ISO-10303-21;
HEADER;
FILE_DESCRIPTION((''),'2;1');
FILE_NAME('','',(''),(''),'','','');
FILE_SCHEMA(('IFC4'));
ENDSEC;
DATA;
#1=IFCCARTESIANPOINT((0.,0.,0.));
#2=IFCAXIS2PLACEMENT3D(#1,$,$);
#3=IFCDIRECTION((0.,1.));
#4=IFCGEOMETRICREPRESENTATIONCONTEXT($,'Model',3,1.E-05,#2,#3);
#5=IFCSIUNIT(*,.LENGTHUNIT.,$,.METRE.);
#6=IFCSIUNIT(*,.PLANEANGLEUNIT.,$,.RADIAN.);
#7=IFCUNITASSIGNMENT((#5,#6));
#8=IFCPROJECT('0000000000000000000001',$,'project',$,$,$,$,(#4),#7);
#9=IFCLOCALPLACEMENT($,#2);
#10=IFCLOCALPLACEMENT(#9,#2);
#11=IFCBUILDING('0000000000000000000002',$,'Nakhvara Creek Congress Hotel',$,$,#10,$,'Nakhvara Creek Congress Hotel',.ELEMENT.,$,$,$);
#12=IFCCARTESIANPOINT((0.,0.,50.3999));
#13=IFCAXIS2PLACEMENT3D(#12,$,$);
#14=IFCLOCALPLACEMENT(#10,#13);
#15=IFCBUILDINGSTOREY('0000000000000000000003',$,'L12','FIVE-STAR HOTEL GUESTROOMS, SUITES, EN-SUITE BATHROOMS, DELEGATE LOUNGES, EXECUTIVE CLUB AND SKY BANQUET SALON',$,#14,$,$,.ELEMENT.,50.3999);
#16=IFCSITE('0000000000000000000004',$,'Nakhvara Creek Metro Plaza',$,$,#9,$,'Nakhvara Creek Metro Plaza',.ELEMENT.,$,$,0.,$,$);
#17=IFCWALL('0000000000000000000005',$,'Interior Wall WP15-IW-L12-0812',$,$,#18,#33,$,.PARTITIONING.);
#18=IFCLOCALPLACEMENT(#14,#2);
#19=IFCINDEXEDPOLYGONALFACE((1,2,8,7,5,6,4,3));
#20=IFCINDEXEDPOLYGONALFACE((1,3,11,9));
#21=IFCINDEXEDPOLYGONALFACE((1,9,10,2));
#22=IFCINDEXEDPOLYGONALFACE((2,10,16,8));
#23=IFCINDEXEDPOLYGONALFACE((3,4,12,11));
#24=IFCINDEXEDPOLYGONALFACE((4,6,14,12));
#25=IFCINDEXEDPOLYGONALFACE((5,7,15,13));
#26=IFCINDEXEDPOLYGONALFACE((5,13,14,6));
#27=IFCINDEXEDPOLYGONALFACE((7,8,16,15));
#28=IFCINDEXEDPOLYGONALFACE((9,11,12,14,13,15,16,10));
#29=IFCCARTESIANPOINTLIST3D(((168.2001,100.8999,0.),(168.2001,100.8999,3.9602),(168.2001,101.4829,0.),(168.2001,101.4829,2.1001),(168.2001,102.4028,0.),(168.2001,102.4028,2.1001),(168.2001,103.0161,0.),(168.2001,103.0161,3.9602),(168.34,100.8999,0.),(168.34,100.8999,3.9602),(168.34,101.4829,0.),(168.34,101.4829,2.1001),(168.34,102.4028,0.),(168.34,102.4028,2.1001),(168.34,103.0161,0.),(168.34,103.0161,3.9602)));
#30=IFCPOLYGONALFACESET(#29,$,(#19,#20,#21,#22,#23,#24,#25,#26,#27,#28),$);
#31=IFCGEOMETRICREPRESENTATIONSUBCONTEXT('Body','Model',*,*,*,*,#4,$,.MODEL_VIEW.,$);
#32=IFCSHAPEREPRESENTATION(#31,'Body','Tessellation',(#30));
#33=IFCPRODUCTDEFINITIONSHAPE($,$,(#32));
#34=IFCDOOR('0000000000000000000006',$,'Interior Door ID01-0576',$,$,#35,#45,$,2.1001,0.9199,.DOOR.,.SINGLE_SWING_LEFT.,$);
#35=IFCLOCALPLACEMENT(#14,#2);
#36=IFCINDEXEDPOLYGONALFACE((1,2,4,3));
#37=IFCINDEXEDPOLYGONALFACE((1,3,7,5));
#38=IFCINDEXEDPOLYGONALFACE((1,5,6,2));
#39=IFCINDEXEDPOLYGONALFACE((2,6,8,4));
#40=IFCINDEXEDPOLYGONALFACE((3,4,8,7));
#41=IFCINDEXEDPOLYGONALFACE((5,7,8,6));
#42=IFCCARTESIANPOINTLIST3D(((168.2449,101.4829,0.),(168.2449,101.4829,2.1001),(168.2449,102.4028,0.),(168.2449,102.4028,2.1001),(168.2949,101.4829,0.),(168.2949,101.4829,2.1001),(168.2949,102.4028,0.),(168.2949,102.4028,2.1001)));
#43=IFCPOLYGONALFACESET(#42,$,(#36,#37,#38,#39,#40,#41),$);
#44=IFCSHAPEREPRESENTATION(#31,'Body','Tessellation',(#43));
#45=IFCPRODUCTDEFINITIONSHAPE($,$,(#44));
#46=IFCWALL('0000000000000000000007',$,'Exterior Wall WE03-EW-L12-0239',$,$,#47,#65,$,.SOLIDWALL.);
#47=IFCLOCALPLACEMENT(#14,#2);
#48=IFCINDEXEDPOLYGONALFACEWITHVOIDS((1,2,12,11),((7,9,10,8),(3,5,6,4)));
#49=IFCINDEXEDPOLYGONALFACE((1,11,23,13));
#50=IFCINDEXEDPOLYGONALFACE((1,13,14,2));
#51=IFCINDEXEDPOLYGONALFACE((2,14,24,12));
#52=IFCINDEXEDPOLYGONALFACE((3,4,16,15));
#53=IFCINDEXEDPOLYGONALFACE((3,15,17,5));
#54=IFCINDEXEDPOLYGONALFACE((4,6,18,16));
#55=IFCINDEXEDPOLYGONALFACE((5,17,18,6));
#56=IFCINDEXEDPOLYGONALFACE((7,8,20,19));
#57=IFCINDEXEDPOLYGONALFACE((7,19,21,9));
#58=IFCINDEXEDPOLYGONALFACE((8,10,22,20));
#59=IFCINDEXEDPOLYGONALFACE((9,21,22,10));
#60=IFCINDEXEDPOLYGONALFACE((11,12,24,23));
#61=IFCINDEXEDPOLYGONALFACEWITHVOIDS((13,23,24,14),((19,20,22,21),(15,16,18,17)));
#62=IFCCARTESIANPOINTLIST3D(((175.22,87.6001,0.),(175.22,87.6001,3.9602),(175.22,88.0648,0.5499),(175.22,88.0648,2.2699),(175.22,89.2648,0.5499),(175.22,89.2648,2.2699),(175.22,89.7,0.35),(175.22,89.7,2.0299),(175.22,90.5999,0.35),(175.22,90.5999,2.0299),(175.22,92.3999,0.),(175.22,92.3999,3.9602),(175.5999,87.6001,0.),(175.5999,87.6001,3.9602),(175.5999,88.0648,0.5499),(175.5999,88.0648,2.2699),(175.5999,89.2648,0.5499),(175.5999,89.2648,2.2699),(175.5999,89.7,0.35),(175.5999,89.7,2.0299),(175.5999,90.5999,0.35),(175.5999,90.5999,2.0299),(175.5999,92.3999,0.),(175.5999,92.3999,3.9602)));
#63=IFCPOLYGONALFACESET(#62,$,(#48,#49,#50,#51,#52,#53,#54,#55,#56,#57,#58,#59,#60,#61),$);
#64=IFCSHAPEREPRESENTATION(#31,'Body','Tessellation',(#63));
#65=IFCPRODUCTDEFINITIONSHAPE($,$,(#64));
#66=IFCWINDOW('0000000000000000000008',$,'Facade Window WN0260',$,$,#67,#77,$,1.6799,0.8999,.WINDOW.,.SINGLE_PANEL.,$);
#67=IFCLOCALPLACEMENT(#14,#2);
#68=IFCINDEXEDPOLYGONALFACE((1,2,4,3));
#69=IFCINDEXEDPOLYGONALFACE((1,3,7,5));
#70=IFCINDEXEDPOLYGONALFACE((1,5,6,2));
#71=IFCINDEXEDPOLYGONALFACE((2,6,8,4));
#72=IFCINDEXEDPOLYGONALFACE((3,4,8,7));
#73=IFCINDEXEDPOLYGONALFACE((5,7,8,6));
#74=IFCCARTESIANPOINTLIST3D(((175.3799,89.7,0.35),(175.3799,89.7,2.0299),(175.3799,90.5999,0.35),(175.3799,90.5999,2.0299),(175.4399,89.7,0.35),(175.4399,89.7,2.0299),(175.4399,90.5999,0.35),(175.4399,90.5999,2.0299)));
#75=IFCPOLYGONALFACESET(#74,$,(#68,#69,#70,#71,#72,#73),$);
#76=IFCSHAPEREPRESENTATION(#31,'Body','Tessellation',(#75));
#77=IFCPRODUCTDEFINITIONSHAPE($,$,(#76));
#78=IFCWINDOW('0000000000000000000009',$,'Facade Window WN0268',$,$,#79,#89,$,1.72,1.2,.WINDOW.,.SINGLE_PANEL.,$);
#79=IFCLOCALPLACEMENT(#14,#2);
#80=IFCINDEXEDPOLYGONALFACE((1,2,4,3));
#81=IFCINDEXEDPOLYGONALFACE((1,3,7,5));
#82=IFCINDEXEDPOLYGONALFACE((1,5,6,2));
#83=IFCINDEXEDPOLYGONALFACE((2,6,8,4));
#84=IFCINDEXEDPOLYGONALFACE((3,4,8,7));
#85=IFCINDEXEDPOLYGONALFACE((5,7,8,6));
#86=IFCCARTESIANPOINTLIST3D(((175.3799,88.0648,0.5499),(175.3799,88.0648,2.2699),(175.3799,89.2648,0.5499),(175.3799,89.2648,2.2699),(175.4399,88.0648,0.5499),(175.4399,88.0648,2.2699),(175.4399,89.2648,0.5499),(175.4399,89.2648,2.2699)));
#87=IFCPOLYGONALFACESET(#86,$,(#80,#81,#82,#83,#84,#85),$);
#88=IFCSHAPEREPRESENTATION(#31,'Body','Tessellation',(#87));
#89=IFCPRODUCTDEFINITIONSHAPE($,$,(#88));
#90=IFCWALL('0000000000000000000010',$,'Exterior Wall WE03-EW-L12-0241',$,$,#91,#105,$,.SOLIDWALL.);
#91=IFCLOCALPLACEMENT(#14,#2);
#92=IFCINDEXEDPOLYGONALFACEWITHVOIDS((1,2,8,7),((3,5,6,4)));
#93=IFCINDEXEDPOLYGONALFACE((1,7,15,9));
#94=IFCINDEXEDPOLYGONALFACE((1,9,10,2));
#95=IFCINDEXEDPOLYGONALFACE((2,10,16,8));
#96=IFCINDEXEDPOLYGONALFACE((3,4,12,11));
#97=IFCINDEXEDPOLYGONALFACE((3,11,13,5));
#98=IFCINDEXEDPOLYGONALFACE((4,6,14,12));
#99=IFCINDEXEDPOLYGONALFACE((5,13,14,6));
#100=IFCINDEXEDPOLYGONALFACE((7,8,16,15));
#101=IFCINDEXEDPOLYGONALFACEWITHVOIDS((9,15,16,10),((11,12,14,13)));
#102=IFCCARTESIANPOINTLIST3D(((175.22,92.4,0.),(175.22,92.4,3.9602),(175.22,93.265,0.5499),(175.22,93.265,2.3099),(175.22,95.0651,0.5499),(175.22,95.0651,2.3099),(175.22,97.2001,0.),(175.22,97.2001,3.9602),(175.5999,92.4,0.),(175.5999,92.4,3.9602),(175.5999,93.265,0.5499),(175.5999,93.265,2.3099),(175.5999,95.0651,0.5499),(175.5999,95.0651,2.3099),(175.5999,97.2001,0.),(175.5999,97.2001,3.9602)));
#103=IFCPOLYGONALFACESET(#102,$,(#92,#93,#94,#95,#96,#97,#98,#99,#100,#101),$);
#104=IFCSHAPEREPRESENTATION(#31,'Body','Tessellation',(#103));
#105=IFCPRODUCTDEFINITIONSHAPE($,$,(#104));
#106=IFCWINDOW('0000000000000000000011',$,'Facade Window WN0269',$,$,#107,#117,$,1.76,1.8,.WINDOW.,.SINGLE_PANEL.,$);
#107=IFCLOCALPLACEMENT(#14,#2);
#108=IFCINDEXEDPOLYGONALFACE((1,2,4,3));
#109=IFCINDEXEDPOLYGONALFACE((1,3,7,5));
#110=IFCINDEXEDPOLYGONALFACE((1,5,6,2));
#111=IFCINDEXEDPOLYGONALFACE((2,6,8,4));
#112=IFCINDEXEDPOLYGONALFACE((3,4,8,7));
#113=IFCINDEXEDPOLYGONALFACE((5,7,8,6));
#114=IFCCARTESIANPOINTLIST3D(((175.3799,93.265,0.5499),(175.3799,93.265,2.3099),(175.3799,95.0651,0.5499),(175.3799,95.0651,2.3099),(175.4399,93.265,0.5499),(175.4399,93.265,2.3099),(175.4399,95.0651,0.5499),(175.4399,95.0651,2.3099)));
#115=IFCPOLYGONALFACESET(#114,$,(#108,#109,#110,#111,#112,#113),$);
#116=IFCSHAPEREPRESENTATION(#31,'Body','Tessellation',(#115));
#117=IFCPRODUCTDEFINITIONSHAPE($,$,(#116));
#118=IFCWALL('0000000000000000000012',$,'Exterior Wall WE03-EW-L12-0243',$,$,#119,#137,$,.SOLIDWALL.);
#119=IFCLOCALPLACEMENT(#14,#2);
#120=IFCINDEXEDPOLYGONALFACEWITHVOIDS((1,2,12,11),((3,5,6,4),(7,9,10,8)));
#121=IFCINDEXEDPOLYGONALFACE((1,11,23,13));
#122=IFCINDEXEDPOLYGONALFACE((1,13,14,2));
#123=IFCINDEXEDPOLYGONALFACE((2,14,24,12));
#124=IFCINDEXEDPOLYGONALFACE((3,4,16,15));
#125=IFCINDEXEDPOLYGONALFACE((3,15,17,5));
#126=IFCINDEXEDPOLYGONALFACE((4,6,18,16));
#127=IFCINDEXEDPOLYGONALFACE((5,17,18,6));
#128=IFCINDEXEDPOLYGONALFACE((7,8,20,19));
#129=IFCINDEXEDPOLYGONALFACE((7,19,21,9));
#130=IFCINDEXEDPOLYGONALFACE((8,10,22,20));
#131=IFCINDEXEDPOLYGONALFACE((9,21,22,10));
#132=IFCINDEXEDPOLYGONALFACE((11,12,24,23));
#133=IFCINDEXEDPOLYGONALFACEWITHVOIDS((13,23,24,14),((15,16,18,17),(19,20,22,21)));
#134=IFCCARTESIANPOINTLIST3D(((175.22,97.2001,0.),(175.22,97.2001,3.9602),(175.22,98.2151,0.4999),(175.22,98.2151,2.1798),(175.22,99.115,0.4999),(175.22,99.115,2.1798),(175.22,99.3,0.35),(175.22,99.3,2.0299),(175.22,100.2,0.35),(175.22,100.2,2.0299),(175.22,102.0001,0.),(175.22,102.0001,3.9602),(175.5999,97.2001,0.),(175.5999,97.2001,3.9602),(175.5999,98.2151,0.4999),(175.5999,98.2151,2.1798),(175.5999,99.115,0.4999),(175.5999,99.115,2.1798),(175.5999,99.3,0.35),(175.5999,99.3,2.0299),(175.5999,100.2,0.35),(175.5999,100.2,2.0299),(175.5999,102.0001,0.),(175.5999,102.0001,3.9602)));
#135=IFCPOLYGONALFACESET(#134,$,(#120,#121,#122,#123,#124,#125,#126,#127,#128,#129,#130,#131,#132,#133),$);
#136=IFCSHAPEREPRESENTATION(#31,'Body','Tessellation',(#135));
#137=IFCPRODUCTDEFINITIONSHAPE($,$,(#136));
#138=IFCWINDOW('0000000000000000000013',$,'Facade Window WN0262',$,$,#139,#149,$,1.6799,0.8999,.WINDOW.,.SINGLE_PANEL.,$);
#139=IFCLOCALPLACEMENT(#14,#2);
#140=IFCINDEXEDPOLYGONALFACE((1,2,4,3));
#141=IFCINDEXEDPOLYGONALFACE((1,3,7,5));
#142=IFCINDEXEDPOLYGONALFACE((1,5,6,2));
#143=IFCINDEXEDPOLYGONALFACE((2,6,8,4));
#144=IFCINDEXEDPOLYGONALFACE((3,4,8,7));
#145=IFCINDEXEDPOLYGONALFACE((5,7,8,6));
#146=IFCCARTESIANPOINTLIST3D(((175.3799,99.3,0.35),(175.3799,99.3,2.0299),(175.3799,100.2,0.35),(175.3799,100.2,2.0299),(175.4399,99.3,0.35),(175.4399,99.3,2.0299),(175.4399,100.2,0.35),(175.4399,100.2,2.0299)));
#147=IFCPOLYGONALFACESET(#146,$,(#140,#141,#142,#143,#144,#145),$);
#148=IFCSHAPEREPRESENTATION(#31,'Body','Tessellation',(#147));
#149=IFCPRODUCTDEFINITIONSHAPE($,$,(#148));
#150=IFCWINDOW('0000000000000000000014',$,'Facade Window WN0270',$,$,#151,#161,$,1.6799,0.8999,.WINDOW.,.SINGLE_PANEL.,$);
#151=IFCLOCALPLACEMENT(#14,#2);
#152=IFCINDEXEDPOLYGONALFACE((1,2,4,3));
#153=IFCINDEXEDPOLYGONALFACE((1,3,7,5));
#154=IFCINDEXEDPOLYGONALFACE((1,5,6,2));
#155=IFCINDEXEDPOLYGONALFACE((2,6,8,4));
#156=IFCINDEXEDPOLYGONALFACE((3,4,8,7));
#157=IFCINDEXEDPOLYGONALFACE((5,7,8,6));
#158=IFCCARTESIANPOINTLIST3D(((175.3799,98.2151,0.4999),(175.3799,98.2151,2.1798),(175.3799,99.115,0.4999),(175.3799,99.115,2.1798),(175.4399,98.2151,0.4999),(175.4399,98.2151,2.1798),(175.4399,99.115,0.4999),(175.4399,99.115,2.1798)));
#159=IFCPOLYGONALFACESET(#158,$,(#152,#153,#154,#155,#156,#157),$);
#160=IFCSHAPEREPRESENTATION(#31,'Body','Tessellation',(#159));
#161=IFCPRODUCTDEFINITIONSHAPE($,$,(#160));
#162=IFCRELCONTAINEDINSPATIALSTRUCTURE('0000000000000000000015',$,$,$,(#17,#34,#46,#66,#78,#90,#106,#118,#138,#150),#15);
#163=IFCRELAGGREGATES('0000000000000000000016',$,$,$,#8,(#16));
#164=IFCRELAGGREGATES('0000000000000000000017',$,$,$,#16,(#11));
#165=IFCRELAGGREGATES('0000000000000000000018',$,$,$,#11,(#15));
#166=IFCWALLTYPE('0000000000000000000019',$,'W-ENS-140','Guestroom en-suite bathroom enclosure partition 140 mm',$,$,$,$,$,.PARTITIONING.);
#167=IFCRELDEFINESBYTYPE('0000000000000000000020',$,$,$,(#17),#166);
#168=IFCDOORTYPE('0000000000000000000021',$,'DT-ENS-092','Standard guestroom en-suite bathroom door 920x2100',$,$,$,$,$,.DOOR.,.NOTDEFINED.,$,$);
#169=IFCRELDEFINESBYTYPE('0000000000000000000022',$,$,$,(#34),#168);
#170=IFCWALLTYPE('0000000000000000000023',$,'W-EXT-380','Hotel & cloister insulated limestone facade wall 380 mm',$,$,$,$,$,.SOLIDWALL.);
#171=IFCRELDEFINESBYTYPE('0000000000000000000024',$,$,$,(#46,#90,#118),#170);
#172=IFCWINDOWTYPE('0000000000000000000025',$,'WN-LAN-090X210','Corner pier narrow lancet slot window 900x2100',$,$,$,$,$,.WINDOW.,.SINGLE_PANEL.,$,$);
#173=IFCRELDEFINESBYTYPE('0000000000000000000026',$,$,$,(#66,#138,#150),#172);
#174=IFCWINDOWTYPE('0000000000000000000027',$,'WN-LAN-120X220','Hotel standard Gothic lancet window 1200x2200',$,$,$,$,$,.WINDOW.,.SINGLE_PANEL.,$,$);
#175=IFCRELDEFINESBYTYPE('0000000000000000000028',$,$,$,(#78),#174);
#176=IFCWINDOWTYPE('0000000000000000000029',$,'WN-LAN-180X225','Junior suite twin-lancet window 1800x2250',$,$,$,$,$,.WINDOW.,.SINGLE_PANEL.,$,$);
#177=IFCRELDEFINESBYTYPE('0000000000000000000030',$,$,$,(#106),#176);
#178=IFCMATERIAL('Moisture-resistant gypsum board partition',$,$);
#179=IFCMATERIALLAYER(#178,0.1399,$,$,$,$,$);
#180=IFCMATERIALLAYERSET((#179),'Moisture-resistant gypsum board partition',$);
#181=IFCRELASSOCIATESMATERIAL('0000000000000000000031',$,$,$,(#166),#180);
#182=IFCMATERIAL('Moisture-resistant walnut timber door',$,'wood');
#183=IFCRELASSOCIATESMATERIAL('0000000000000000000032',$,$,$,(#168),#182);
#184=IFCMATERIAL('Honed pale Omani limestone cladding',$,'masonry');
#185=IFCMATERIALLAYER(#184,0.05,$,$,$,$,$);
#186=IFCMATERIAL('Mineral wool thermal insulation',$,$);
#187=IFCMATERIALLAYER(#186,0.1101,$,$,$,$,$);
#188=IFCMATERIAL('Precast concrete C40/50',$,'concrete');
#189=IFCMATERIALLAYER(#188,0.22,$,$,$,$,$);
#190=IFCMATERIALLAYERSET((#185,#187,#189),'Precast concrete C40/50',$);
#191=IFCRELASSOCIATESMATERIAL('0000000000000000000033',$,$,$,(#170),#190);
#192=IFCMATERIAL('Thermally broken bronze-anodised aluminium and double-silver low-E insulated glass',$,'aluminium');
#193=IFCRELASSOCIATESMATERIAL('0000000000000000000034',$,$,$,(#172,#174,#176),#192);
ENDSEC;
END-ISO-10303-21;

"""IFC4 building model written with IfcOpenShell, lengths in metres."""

from ifc_helpers import new_model, si_unit, direction, frame, frame_2d, origin, place, context, subcontext, project, spatial, rectangle, extrude, material, layer, layer_set, type_object, element, fill, save


model = new_model("IFC4")

# Units and contexts
model_context = context("Model", 3, precision=1e-05, world=origin(), true_north=direction((0.0, 1.0)))
body_context = subcontext(model_context, "Body", "Model", "MODEL_VIEW")
ifc_project = project(units=[si_unit("LENGTHUNIT", "METRE"), si_unit("PLANEANGLEUNIT", "RADIAN")], contexts=[model_context])

# Site, building, storey
site_placement = place(None, origin())
site = spatial("IfcSite", under=ifc_project, at=site_placement, Name="Nakhvara Creek Metro Plaza", LongName="Nakhvara Creek Metro Plaza", CompositionType="ELEMENT", RefElevation=0.0)
building_placement = place(site_placement, origin())
building = spatial("IfcBuilding", under=site, at=building_placement, Name="Nakhvara Creek Congress Hotel", LongName="Nakhvara Creek Congress Hotel", CompositionType="ELEMENT")
storey_placement = place(building_placement, frame((0.0, 0.0, 50.3999)))
storey = spatial("IfcBuildingStorey", under=building, at=storey_placement, Name="L12", Description="FIVE-STAR HOTEL GUESTROOMS, SUITES, EN-SUITE BATHROOMS, DELEGATE LOUNGES, EXECUTIVE CLUB AND SKY BANQUET SALON", CompositionType="ELEMENT", Elevation=50.3999)

# Shared definitions
ifc_material_1 = material(Name="Moisture-resistant gypsum board partition")
ifc_layer_1 = layer(ifc_material_1, 0.1399)
ifc_layer_set_1 = layer_set([ifc_layer_1], Name="Moisture-resistant gypsum board partition")
wall_type_1 = type_object("IfcWallType", Name="W-ENS-140", Description="Guestroom en-suite bathroom enclosure partition 140 mm", PredefinedType="PARTITIONING", material=ifc_layer_set_1)

# Shared definitions
ifc_material_2 = material(Name="Moisture-resistant walnut timber door", Category="wood")

# Wall, opening, door
wall_1_placement = place(storey_placement, frame((168.27, 100.8999, 0.0), z_axis=(0.0, 0.0, 1.0), x_axis=(0.0, 1.0, 0.0)))
wall_1 = element("IfcWall", 1, at=wall_1_placement, inside=storey, type_object=wall_type_1, Name="Interior Wall WP15-IW-L12-0812", PredefinedType="PARTITIONING", context=body_context, shape_type="SweptSolid", body=[
    extrude(rectangle(XDim=2.1162, YDim=0.1399, at=frame_2d((1.0581, 0.0))), origin(), (0.0, 0.0, 1.0), 3.9602),
])
opening_1_placement = place(wall_1_placement, frame((0.583, 0.0, 0.0)))
opening_1 = element("IfcOpeningElement", 2, at=opening_1_placement, cuts=wall_1, PredefinedType="OPENING", context=body_context, shape_type="SweptSolid", body=[
    extrude(rectangle(XDim=0.9199, YDim=2.1001, at=frame_2d((0.46, 1.05))), frame((0.0, 0.082, 0.0), z_axis=(0.0, -1.0, 0.0), x_axis=(1.0, 0.0, 0.0)), (0.0, 0.0, 1.0), 0.1638),
])
door_type_1 = type_object("IfcDoorType", Name="DT-ENS-092", Description="Standard guestroom en-suite bathroom door 920x2100", OperationType="NOTDEFINED", PredefinedType="DOOR", material=ifc_material_2)
door_1_placement = place(opening_1_placement, frame((0.9199, 0.0, 0.0), z_axis=(0.0, 0.0, 1.0), x_axis=(-1.0, 0.0, 0.0)))
door_1 = element("IfcDoor", 3, at=door_1_placement, inside=storey, type_object=door_type_1, Name="Interior Door ID01-0576", OperationType="SINGLE_SWING_LEFT", OverallHeight=2.1001, OverallWidth=0.9199, PredefinedType="DOOR", context=body_context, shape_type="SweptSolid", body=[
    extrude(rectangle(XDim=0.9199, YDim=2.1001, at=frame_2d((0.46, 1.05))), frame((0.0, 0.0249, 0.0), z_axis=(0.0, -1.0, 0.0), x_axis=(1.0, 0.0, 0.0)), (0.0, 0.0, 1.0), 0.05),
])
fill(opening_1, door_1)

# Wall, openings, windows
ifc_material_3 = material(Name="Honed pale Omani limestone cladding", Category="masonry")
ifc_layer_2 = layer(ifc_material_3, 0.05)
ifc_material_4 = material(Name="Mineral wool thermal insulation")
ifc_layer_3 = layer(ifc_material_4, 0.1101)
ifc_material_5 = material(Name="Precast concrete C40/50", Category="concrete")
ifc_layer_4 = layer(ifc_material_5, 0.22)
ifc_layer_set_2 = layer_set([ifc_layer_2, ifc_layer_3, ifc_layer_4], Name="Precast concrete C40/50")
wall_type_2 = type_object("IfcWallType", Name="W-EXT-380", Description="Hotel & cloister insulated limestone facade wall 380 mm", PredefinedType="SOLIDWALL", material=ifc_layer_set_2)
wall_2_placement = place(storey_placement, frame((175.4099, 92.3999, 0.0), z_axis=(0.0, 0.0, 1.0), x_axis=(0.0, -1.0, 0.0)))
wall_2 = element("IfcWall", 4, at=wall_2_placement, inside=storey, type_object=wall_type_2, Name="Exterior Wall WE03-EW-L12-0239", PredefinedType="SOLIDWALL", context=body_context, shape_type="SweptSolid", body=[
    extrude(rectangle(XDim=4.7998, YDim=0.3799, at=frame_2d((2.3999, 0.0))), origin(), (0.0, 0.0, 1.0), 3.9602),
])
opening_2_placement = place(wall_2_placement, frame((1.8, 0.0, 0.3501)))
opening_2 = element("IfcOpeningElement", 5, at=opening_2_placement, cuts=wall_2, PredefinedType="OPENING", context=body_context, shape_type="SweptSolid", body=[
    extrude(rectangle(XDim=0.8999, YDim=1.6799, at=frame_2d((0.45, 0.8398))), frame((0.0, 0.2019, 0.0), z_axis=(0.0, -1.0, 0.0), x_axis=(1.0, 0.0, 0.0)), (0.0, 0.0, 1.0), 0.4038),
])
opening_3_placement = place(wall_2_placement, frame((3.135, 0.0, 0.55)))
opening_3 = element("IfcOpeningElement", 6, at=opening_3_placement, cuts=wall_2, PredefinedType="OPENING", context=body_context, shape_type="SweptSolid", body=[
    extrude(rectangle(XDim=1.2, YDim=1.72, at=frame_2d((0.6001, 0.8599))), frame((0.0, 0.2019, 0.0), z_axis=(0.0, -1.0, 0.0), x_axis=(1.0, 0.0, 0.0)), (0.0, 0.0, 1.0), 0.4038),
])
ifc_material_6 = material(Name="Thermally broken bronze-anodised aluminium and double-silver low-E insulated glass", Category="aluminium")
window_type_1 = type_object("IfcWindowType", Name="WN-LAN-090X210", Description="Corner pier narrow lancet slot window 900x2100", PartitioningType="SINGLE_PANEL", PredefinedType="WINDOW", material=ifc_material_6)
window_1_placement = place(opening_2_placement, origin())
window_1 = element("IfcWindow", 7, at=window_1_placement, inside=storey, type_object=window_type_1, Name="Facade Window WN0260", OverallHeight=1.6799, OverallWidth=0.8999, PartitioningType="SINGLE_PANEL", PredefinedType="WINDOW", context=body_context, shape_type="SweptSolid", body=[
    extrude(rectangle(XDim=0.8999, YDim=1.6799, at=frame_2d((0.45, 0.8398))), frame((0.0, 0.03, 0.0), z_axis=(0.0, -1.0, 0.0), x_axis=(1.0, 0.0, 0.0)), (0.0, 0.0, 1.0), 0.0601),
])
fill(opening_2, window_1)
window_type_2 = type_object("IfcWindowType", Name="WN-LAN-120X220", Description="Hotel standard Gothic lancet window 1200x2200", PartitioningType="SINGLE_PANEL", PredefinedType="WINDOW", material=ifc_material_6)
window_2_placement = place(opening_3_placement, origin())
window_2 = element("IfcWindow", 8, at=window_2_placement, inside=storey, type_object=window_type_2, Name="Facade Window WN0268", OverallHeight=1.72, OverallWidth=1.2, PartitioningType="SINGLE_PANEL", PredefinedType="WINDOW", context=body_context, shape_type="SweptSolid", body=[
    extrude(rectangle(XDim=1.2, YDim=1.72, at=frame_2d((0.6001, 0.8599))), frame((0.0, 0.03, 0.0), z_axis=(0.0, -1.0, 0.0), x_axis=(1.0, 0.0, 0.0)), (0.0, 0.0, 1.0), 0.0601),
])
fill(opening_3, window_2)

# Wall, opening, window
wall_3_placement = place(storey_placement, frame((175.4099, 97.2, 0.0), z_axis=(0.0, 0.0, 1.0), x_axis=(0.0, -1.0, 0.0)))
wall_3 = element("IfcWall", 9, at=wall_3_placement, inside=storey, type_object=wall_type_2, Name="Exterior Wall WE03-EW-L12-0241", PredefinedType="SOLIDWALL", context=body_context, shape_type="SweptSolid", body=[
    extrude(rectangle(XDim=4.8, YDim=0.3799, at=frame_2d((2.3999, 0.0))), origin(), (0.0, 0.0, 1.0), 3.9602),
])
opening_4_placement = place(wall_3_placement, frame((2.135, 0.0, 0.55)))
opening_4 = element("IfcOpeningElement", 10, at=opening_4_placement, cuts=wall_3, PredefinedType="OPENING", context=body_context, shape_type="SweptSolid", body=[
    extrude(rectangle(XDim=1.8, YDim=1.76, at=frame_2d((0.8999, 0.8799))), frame((0.0, 0.2019, 0.0), z_axis=(0.0, -1.0, 0.0), x_axis=(1.0, 0.0, 0.0)), (0.0, 0.0, 1.0), 0.4038),
])
window_type_3 = type_object("IfcWindowType", Name="WN-LAN-180X225", Description="Junior suite twin-lancet window 1800x2250", PartitioningType="SINGLE_PANEL", PredefinedType="WINDOW", material=ifc_material_6)
window_3_placement = place(opening_4_placement, origin())
window_3 = element("IfcWindow", 11, at=window_3_placement, inside=storey, type_object=window_type_3, Name="Facade Window WN0269", OverallHeight=1.76, OverallWidth=1.8, PartitioningType="SINGLE_PANEL", PredefinedType="WINDOW", context=body_context, shape_type="SweptSolid", body=[
    extrude(rectangle(XDim=1.8, YDim=1.76, at=frame_2d((0.8999, 0.8799))), frame((0.0, 0.03, 0.0), z_axis=(0.0, -1.0, 0.0), x_axis=(1.0, 0.0, 0.0)), (0.0, 0.0, 1.0), 0.0601),
])
fill(opening_4, window_3)

# Wall, openings, windows
wall_4_placement = place(storey_placement, frame((175.4099, 102.0, 0.0), z_axis=(0.0, 0.0, 1.0), x_axis=(0.0, -1.0, 0.0)))
wall_4 = element("IfcWall", 12, at=wall_4_placement, inside=storey, type_object=wall_type_2, Name="Exterior Wall WE03-EW-L12-0243", PredefinedType="SOLIDWALL", context=body_context, shape_type="SweptSolid", body=[
    extrude(rectangle(XDim=4.8, YDim=0.3799, at=frame_2d((2.3999, 0.0))), origin(), (0.0, 0.0, 1.0), 3.9602),
])
opening_5_placement = place(wall_4_placement, frame((1.8, 0.0, 0.3501)))
opening_5 = element("IfcOpeningElement", 13, at=opening_5_placement, cuts=wall_4, PredefinedType="OPENING", context=body_context, shape_type="SweptSolid", body=[
    extrude(rectangle(XDim=0.8999, YDim=1.6799, at=frame_2d((0.45, 0.8398))), frame((0.0, 0.2019, 0.0), z_axis=(0.0, -1.0, 0.0), x_axis=(1.0, 0.0, 0.0)), (0.0, 0.0, 1.0), 0.4038),
])
opening_6_placement = place(wall_4_placement, frame((2.885, 0.0, 0.5)))
opening_6 = element("IfcOpeningElement", 14, at=opening_6_placement, cuts=wall_4, PredefinedType="OPENING", context=body_context, shape_type="SweptSolid", body=[
    extrude(rectangle(XDim=0.8999, YDim=1.6799, at=frame_2d((0.45, 0.8398))), frame((0.0, 0.2019, 0.0), z_axis=(0.0, -1.0, 0.0), x_axis=(1.0, 0.0, 0.0)), (0.0, 0.0, 1.0), 0.4038),
])
window_4_placement = place(opening_5_placement, origin())
window_4 = element("IfcWindow", 15, at=window_4_placement, inside=storey, type_object=window_type_1, Name="Facade Window WN0262", OverallHeight=1.6799, OverallWidth=0.8999, PartitioningType="SINGLE_PANEL", PredefinedType="WINDOW", context=body_context, shape_type="SweptSolid", body=[
    extrude(rectangle(XDim=0.8999, YDim=1.6799, at=frame_2d((0.45, 0.8398))), frame((0.0, 0.03, 0.0), z_axis=(0.0, -1.0, 0.0), x_axis=(1.0, 0.0, 0.0)), (0.0, 0.0, 1.0), 0.0601),
])
fill(opening_5, window_4)
window_5_placement = place(opening_6_placement, origin())
window_5 = element("IfcWindow", 16, at=window_5_placement, inside=storey, type_object=window_type_1, Name="Facade Window WN0270", OverallHeight=1.6799, OverallWidth=0.8999, PartitioningType="SINGLE_PANEL", PredefinedType="WINDOW", context=body_context, shape_type="SweptSolid", body=[
    extrude(rectangle(XDim=0.8999, YDim=1.6799, at=frame_2d((0.45, 0.8398))), frame((0.0, 0.03, 0.0), z_axis=(0.0, -1.0, 0.0), x_axis=(1.0, 0.0, 0.0)), (0.0, 0.0, 1.0), 0.0601),
])
fill(opening_6, window_5)

save(model, "model.ifc")
